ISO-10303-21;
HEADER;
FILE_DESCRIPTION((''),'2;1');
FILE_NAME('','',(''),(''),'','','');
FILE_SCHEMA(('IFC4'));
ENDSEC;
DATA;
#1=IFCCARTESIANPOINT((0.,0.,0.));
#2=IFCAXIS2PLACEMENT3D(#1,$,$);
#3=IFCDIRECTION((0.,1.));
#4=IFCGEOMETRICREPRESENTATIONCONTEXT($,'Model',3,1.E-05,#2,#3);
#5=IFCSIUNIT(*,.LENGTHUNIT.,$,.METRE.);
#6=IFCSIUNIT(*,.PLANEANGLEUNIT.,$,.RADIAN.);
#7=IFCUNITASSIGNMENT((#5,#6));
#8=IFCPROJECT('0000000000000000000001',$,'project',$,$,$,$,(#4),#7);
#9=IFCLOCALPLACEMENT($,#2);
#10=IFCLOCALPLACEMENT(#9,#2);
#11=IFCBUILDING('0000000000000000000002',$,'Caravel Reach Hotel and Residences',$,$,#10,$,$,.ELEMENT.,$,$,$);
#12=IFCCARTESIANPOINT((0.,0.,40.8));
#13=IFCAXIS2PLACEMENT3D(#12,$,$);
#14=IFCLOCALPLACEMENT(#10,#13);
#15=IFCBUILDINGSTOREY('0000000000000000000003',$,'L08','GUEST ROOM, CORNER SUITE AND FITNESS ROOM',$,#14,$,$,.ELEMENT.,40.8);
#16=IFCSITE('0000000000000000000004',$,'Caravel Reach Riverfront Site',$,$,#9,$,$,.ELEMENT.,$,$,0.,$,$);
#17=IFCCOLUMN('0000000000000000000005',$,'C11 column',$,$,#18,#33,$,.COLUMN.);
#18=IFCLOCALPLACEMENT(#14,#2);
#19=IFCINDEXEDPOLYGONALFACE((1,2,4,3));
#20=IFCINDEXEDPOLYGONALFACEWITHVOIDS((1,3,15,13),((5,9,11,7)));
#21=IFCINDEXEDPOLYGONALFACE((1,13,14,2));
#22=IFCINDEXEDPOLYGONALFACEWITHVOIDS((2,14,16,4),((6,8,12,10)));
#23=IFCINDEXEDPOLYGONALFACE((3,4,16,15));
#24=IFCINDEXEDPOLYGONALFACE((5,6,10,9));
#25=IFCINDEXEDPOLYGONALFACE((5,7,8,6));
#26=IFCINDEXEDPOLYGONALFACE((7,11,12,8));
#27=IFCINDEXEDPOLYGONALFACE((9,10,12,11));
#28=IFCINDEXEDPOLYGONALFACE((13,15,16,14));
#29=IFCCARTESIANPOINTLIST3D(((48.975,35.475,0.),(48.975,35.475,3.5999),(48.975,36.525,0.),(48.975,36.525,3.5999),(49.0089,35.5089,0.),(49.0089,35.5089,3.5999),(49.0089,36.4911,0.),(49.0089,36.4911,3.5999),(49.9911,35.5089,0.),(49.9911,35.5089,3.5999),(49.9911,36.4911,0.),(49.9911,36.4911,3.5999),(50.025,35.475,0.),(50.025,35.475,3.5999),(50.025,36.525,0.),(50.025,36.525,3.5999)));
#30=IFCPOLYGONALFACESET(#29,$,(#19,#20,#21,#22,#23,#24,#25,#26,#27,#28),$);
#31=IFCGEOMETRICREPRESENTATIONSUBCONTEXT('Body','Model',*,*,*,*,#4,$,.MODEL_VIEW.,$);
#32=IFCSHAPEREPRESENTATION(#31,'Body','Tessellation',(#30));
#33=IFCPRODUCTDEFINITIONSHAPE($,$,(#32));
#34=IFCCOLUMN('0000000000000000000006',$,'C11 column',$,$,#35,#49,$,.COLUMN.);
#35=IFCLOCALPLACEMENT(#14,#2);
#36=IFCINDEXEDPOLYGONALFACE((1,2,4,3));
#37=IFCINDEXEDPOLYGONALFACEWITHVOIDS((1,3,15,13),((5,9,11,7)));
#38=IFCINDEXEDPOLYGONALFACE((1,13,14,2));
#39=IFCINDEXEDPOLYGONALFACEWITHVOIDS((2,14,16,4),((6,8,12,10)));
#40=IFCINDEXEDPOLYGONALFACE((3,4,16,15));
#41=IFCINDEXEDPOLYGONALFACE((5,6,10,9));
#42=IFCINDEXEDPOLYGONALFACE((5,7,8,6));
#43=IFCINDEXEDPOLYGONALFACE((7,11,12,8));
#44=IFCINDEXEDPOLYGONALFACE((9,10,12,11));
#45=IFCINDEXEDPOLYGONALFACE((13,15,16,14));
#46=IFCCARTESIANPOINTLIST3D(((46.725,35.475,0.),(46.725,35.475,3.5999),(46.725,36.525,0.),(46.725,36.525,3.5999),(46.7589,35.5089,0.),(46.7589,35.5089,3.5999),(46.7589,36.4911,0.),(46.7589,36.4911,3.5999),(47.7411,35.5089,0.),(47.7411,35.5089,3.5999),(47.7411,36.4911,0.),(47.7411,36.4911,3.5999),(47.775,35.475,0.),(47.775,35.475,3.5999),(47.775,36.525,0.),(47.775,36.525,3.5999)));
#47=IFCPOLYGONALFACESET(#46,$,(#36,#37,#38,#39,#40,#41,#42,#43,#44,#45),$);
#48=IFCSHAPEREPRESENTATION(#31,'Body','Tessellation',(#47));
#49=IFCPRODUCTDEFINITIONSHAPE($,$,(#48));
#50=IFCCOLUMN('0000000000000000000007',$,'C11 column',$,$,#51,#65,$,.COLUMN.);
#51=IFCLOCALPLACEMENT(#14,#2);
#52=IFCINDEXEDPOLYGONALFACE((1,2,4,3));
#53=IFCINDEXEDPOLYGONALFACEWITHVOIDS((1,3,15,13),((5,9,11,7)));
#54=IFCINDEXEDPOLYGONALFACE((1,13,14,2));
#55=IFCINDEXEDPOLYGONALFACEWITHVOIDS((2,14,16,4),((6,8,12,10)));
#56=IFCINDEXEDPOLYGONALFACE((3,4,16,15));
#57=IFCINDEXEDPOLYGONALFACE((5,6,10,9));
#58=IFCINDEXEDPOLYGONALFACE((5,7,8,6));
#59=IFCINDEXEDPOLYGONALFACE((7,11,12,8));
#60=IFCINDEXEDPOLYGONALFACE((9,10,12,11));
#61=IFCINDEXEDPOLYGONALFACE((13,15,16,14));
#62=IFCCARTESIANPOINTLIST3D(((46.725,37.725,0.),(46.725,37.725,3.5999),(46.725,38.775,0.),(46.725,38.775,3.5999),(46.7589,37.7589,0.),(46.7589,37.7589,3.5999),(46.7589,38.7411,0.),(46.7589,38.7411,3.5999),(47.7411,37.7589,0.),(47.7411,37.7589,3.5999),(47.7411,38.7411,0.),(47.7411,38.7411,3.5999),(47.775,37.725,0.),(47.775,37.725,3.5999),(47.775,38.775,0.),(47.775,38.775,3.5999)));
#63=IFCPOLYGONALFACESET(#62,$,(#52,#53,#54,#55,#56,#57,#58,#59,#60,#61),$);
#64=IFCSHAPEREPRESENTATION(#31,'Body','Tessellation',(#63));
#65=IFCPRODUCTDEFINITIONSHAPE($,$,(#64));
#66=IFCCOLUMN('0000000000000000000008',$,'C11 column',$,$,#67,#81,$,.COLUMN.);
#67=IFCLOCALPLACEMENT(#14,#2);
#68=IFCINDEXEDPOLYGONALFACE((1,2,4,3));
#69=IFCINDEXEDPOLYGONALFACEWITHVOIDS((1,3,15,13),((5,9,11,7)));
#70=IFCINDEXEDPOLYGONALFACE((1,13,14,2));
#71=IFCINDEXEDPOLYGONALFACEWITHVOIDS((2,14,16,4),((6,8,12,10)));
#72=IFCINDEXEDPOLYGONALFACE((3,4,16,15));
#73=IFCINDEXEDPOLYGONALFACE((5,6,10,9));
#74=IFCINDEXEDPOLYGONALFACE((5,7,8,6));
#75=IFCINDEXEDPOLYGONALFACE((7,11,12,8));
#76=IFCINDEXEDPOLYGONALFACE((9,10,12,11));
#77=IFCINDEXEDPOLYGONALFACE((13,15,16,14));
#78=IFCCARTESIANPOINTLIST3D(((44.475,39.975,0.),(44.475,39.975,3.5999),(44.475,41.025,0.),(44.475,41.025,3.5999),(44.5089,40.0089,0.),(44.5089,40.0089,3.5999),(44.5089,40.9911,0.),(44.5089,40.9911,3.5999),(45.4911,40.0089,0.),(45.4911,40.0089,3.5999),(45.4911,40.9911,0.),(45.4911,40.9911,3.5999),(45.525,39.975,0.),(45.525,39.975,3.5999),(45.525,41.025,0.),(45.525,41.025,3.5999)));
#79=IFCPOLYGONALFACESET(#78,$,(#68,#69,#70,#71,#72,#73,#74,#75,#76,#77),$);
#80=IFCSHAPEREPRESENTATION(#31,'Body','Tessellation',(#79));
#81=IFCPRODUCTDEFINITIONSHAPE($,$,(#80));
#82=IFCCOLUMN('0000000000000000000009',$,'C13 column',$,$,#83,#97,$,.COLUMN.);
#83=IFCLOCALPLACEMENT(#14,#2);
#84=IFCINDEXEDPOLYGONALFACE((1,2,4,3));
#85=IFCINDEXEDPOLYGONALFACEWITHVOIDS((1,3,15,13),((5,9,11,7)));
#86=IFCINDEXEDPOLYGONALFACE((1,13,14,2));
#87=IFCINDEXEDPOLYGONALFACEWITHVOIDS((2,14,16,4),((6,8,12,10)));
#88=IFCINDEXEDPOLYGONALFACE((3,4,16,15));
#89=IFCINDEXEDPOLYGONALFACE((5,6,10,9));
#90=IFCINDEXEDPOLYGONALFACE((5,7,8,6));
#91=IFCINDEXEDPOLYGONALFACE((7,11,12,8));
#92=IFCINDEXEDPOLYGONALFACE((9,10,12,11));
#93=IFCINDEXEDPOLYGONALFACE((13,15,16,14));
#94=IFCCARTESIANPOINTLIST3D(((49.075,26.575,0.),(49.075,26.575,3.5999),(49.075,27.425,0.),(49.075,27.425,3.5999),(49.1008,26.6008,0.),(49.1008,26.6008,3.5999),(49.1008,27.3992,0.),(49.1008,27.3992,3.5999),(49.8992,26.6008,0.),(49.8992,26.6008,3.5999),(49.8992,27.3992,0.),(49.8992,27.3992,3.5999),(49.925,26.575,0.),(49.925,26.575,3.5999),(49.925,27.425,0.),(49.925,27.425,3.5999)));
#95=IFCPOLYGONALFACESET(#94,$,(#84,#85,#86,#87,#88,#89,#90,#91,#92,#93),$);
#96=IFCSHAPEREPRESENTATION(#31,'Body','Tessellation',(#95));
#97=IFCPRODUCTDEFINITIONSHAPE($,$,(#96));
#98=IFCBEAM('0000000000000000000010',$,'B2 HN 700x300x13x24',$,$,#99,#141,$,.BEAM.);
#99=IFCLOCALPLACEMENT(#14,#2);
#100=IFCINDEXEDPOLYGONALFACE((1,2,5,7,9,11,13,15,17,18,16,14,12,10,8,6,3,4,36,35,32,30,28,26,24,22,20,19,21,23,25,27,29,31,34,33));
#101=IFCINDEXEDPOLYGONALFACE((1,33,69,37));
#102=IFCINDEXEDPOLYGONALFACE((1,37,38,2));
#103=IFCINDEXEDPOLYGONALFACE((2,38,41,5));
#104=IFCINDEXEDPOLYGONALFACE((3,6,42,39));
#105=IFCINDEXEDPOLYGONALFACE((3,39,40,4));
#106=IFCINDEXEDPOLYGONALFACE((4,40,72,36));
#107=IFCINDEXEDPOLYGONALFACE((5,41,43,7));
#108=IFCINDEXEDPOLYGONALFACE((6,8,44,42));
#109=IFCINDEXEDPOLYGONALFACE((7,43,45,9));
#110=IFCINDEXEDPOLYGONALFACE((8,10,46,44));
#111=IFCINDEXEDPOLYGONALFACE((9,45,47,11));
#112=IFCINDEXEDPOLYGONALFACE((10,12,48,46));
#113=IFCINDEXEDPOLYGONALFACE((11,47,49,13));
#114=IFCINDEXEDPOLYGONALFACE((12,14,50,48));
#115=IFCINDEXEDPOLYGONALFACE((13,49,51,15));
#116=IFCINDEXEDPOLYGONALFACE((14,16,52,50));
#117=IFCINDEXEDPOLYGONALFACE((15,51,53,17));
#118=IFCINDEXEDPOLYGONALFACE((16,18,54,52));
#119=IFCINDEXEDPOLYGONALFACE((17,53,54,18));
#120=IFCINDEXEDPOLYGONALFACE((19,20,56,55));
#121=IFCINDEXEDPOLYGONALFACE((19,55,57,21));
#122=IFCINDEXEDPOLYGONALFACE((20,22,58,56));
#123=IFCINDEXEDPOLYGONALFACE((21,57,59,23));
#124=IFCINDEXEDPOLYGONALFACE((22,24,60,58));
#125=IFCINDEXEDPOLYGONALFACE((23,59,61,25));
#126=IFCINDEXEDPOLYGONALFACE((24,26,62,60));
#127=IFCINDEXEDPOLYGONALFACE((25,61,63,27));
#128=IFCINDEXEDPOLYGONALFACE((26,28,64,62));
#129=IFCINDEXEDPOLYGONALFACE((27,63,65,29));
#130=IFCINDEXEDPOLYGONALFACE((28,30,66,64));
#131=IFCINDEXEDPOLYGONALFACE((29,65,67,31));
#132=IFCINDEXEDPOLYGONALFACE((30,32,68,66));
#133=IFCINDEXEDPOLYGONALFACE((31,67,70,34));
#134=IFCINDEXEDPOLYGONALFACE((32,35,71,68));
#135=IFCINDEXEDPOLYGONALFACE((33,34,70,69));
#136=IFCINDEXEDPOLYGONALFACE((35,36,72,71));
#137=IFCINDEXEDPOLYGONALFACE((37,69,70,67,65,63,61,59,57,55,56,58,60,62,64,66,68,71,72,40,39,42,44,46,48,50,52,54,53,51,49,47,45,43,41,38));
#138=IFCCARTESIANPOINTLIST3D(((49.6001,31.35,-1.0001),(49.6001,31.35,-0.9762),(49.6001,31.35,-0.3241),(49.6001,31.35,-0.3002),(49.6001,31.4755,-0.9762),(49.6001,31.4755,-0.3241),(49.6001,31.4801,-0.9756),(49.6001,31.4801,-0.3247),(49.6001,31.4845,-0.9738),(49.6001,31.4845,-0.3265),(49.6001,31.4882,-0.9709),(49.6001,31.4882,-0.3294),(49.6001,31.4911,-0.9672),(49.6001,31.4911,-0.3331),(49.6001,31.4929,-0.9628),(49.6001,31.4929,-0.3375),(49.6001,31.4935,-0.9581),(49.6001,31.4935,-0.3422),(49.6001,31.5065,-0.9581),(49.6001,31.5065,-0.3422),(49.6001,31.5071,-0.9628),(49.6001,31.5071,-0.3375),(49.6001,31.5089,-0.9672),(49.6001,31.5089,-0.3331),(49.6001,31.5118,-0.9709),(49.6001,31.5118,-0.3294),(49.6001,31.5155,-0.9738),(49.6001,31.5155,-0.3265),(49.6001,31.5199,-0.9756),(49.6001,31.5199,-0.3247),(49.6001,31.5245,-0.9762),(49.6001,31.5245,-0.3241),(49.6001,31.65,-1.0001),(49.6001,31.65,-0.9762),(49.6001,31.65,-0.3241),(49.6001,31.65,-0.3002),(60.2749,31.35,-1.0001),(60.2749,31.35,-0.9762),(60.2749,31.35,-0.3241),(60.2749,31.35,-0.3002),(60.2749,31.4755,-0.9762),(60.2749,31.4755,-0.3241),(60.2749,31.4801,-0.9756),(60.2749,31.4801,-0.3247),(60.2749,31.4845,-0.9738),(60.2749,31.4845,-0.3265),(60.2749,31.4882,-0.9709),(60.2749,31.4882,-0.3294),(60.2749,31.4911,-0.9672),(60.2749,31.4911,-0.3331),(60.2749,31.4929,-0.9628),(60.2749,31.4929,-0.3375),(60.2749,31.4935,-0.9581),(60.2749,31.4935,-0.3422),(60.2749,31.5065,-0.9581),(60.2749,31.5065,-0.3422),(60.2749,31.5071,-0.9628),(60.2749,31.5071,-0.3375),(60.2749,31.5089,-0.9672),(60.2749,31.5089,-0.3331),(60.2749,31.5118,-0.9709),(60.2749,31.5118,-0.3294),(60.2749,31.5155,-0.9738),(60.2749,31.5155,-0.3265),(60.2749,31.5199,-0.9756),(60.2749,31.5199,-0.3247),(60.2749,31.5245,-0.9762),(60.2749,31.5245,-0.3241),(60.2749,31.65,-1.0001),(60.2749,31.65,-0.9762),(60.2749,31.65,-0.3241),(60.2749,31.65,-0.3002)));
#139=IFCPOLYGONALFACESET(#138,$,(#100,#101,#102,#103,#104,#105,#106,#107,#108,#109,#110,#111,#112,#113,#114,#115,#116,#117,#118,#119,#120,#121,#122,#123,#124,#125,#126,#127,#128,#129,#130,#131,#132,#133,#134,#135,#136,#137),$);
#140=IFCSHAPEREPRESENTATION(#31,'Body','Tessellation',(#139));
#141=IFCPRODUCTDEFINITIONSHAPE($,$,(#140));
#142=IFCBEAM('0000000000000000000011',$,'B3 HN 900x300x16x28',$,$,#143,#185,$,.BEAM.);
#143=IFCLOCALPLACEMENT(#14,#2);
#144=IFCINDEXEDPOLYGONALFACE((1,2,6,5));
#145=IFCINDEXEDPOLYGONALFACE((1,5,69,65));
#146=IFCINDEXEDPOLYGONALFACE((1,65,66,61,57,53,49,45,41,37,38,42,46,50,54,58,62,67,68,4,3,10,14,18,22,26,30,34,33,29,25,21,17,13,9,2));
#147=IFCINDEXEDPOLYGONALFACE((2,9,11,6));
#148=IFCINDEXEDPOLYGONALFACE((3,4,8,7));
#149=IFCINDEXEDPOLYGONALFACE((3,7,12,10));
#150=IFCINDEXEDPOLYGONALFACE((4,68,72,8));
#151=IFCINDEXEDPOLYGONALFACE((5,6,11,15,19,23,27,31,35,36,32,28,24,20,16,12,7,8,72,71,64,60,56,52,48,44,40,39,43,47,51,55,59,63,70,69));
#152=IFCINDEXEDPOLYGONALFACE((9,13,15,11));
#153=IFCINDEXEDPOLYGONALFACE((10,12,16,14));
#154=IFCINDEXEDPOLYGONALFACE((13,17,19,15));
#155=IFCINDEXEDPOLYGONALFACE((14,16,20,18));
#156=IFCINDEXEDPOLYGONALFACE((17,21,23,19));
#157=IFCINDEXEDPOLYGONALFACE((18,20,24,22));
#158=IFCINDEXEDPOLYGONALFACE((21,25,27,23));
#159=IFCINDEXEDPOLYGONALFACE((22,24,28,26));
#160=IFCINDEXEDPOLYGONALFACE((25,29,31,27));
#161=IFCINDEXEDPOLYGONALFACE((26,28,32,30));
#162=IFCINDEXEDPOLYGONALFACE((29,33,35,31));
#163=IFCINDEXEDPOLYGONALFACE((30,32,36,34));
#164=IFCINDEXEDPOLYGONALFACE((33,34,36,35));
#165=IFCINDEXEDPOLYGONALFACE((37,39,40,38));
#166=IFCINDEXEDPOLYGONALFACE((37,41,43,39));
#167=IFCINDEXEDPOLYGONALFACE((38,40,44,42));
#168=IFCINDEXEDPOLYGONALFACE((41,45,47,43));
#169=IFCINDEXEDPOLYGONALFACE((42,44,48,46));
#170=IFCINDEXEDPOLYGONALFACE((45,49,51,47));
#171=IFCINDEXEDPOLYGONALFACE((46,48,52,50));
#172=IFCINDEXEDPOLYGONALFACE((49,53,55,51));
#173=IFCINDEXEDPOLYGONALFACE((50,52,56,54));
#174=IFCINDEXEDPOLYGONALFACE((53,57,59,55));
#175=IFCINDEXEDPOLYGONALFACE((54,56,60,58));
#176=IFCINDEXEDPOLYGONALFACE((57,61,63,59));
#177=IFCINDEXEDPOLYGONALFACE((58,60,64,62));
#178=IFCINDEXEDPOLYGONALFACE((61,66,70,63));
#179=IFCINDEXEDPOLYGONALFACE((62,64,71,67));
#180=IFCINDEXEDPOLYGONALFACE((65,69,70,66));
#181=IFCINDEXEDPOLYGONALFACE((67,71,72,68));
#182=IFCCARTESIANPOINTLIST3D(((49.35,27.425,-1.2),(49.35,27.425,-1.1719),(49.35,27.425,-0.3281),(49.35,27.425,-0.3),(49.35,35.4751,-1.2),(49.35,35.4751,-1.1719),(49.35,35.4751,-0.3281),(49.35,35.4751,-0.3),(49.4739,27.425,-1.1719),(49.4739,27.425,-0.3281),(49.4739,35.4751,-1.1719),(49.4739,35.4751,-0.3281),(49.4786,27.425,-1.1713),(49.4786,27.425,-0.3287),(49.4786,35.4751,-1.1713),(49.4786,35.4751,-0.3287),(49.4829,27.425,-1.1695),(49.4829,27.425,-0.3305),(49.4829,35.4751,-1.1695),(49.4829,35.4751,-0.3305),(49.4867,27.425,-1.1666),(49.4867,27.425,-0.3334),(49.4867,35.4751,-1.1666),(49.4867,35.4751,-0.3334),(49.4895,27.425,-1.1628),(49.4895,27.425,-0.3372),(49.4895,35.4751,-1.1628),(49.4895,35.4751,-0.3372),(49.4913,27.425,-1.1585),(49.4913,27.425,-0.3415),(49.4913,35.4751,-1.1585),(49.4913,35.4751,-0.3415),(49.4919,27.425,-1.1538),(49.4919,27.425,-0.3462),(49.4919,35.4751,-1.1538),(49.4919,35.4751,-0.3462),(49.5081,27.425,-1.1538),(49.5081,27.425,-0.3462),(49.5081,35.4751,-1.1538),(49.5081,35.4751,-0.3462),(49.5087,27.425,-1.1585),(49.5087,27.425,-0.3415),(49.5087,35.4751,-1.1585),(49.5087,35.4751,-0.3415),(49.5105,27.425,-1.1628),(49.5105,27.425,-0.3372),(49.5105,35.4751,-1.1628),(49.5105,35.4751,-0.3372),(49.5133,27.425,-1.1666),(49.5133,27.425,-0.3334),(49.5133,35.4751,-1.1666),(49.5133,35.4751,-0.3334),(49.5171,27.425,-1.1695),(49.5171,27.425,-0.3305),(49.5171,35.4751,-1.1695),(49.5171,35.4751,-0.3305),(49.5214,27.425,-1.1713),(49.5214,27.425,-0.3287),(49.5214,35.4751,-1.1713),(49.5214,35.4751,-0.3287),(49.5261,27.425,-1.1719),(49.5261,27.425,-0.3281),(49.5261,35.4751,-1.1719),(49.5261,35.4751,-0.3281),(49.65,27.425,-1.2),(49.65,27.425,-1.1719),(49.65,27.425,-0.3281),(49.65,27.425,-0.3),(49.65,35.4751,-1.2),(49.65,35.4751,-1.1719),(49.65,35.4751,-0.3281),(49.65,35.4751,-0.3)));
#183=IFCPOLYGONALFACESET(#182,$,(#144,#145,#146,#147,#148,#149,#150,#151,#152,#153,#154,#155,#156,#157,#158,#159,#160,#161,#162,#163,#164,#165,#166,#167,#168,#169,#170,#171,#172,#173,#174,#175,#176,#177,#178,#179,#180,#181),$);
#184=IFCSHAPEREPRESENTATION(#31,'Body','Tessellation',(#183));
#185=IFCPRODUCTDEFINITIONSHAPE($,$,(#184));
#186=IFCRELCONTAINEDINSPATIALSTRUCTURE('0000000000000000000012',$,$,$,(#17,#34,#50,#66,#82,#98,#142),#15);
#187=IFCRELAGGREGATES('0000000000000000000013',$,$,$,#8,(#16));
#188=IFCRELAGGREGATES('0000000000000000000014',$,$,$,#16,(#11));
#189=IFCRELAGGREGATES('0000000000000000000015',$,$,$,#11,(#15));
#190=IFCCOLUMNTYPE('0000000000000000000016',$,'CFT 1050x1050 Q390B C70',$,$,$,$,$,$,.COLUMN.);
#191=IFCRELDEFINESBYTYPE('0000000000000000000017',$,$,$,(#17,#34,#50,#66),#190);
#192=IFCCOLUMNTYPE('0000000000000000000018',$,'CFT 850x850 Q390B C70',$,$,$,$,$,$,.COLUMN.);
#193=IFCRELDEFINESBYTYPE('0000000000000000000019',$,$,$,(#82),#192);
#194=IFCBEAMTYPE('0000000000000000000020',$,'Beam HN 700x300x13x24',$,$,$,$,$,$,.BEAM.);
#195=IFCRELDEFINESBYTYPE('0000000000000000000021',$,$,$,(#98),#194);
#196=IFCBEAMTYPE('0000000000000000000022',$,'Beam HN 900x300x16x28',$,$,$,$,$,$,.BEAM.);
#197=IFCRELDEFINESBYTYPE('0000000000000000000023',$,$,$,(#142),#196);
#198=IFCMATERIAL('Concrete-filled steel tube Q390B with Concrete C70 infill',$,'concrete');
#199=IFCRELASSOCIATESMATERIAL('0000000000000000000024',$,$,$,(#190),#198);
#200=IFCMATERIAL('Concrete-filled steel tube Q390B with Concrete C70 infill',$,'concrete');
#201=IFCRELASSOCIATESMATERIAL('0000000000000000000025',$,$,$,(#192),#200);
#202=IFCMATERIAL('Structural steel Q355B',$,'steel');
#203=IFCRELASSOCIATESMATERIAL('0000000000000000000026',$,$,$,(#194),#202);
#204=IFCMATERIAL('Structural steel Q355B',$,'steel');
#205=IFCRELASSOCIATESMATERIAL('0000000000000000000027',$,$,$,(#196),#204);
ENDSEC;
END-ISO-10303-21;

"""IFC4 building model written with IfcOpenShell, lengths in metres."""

from ifc_helpers import new_model, si_unit, direction, frame, origin, origin_2d, place, context, subcontext, project, spatial, hollow_rectangle, i_section, extrude, material, material_profile, profile_set, type_object, element, save


model = new_model("IFC4")

# Units and contexts
model_context = context("Model", 3, precision=1e-05, world=origin(), true_north=direction((0.0, 1.0)))
body_context = subcontext(model_context, "Body", "Model", "MODEL_VIEW")
ifc_project = project(units=[si_unit("LENGTHUNIT", "METRE"), si_unit("PLANEANGLEUNIT", "RADIAN")], contexts=[model_context])

# Site, building, storey
site_placement = place(None, origin())
site = spatial("IfcSite", under=ifc_project, at=site_placement, Name="Caravel Reach Riverfront Site", CompositionType="ELEMENT", RefElevation=0.0)
building_placement = place(site_placement, origin())
building = spatial("IfcBuilding", under=site, at=building_placement, Name="Caravel Reach Hotel and Residences", CompositionType="ELEMENT")
storey_placement = place(building_placement, frame((0.0, 0.0, 40.8)))
storey = spatial("IfcBuildingStorey", under=building, at=storey_placement, Name="L08", Description="GUEST ROOM, CORNER SUITE AND FITNESS ROOM", CompositionType="ELEMENT", Elevation=40.8)

# Columns
ifc_material_1 = material(Name="Concrete-filled steel tube Q390B with Concrete C70 infill", Category="concrete")
ifc_material_profile_1 = material_profile(ifc_material_1, hollow_rectangle(XDim=1.05, YDim=1.05, WallThickness=0.0339, at=origin_2d()), Name="RHS 1050x1050x34")
ifc_profile_set_1 = profile_set([ifc_material_profile_1], Name="Concrete-filled steel tube Q390B with Concrete C70 infill")
column_type_1 = type_object("IfcColumnType", Name="CFT 1050x1050 Q390B C70", PredefinedType="COLUMN", material=ifc_profile_set_1)
for number, where, z_axis, x_axis, name in (
    (1, (49.5, 36.0, 0.0), (0.0, 0.0, 1.0), (1.0, 0.0, 0.0), "C11 column"),
    (2, (47.25, 36.0, 0.0), (0.0, 0.0, 1.0), (1.0, 0.0, 0.0), "C11 column"),
    (3, (47.25, 38.25, 0.0), (0.0, 0.0, 1.0), (1.0, 0.0, 0.0), "C11 column"),
    (4, (45.0, 40.5, 0.0), (0.0, 0.0, 1.0), (1.0, 0.0, 0.0), "C11 column"),
):
    element("IfcColumn", number, at=place(storey_placement, frame(where, z_axis=z_axis, x_axis=x_axis)), inside=storey, type_object=column_type_1, Name=name, PredefinedType="COLUMN", context=body_context, shape_type="SweptSolid", body=[
        extrude(hollow_rectangle(XDim=1.05, YDim=1.05, WallThickness=0.0339, at=origin_2d()), origin(), (0.0, 0.0, 1.0), 3.5999),
    ])
ifc_material_2 = material(Name="Concrete-filled steel tube Q390B with Concrete C70 infill", Category="concrete")
ifc_material_profile_2 = material_profile(ifc_material_2, hollow_rectangle(XDim=0.8501, YDim=0.8501, WallThickness=0.0259, at=origin_2d()), Name="RHS 850x850x26")
ifc_profile_set_2 = profile_set([ifc_material_profile_2], Name="Concrete-filled steel tube Q390B with Concrete C70 infill")
column_type_2 = type_object("IfcColumnType", Name="CFT 850x850 Q390B C70", PredefinedType="COLUMN", material=ifc_profile_set_2)
column_placement = place(storey_placement, frame((49.5, 27.0, 0.0), z_axis=(0.0, 0.0, 1.0), x_axis=(1.0, 0.0, 0.0)))
element("IfcColumn", 5, at=column_placement, inside=storey, type_object=column_type_2, Name="C13 column", PredefinedType="COLUMN", context=body_context, shape_type="SweptSolid", body=[
    extrude(hollow_rectangle(XDim=0.8501, YDim=0.8501, WallThickness=0.0259, at=origin_2d()), origin(), (0.0, 0.0, 1.0), 3.5999),
])

# Beams
ifc_material_3 = material(Name="Structural steel Q355B", Category="steel")
ifc_material_profile_3 = material_profile(ifc_material_3, i_section(OverallWidth=0.3, OverallDepth=0.7, WebThickness=0.0129, FlangeThickness=0.0239, FilletRadius=0.0181, at=origin_2d()), Name="HN 700x300x13x24")
ifc_profile_set_3 = profile_set([ifc_material_profile_3], Name="Structural steel Q355B")
beam_type_1 = type_object("IfcBeamType", Name="Beam HN 700x300x13x24", PredefinedType="BEAM", material=ifc_profile_set_3)
beam_1_placement = place(storey_placement, frame((49.6001, 31.5, -0.6501), z_axis=(1.0, 0.0, 0.0), x_axis=(0.0, 1.0, 0.0)))
element("IfcBeam", 6, at=beam_1_placement, inside=storey, type_object=beam_type_1, Name="B2 HN 700x300x13x24", PredefinedType="BEAM", context=body_context, shape_type="SweptSolid", body=[
    extrude(i_section(OverallWidth=0.3, OverallDepth=0.7, WebThickness=0.0129, FlangeThickness=0.0239, FilletRadius=0.0181, at=origin_2d()), origin(), (0.0, 0.0, 1.0), 10.6748),
])
ifc_material_4 = material(Name="Structural steel Q355B", Category="steel")
ifc_material_profile_4 = material_profile(ifc_material_4, i_section(OverallWidth=0.3, OverallDepth=0.8999, WebThickness=0.0161, FlangeThickness=0.0281, FilletRadius=0.0181, at=origin_2d()), Name="HN 900x300x16x28")
ifc_profile_set_4 = profile_set([ifc_material_profile_4], Name="Structural steel Q355B")
beam_type_2 = type_object("IfcBeamType", Name="Beam HN 900x300x16x28", PredefinedType="BEAM", material=ifc_profile_set_4)
beam_2_placement = place(storey_placement, frame((49.5, 27.425, -0.75), z_axis=(0.0, 1.0, 0.0), x_axis=(-1.0, 0.0, 0.0)))
element("IfcBeam", 7, at=beam_2_placement, inside=storey, type_object=beam_type_2, Name="B3 HN 900x300x16x28", PredefinedType="BEAM", context=body_context, shape_type="SweptSolid", body=[
    extrude(i_section(OverallWidth=0.3, OverallDepth=0.8999, WebThickness=0.0161, FlangeThickness=0.0281, FilletRadius=0.0181, at=origin_2d()), origin(), (0.0, 0.0, 1.0), 8.05),
])

save(model, "model.ifc")
